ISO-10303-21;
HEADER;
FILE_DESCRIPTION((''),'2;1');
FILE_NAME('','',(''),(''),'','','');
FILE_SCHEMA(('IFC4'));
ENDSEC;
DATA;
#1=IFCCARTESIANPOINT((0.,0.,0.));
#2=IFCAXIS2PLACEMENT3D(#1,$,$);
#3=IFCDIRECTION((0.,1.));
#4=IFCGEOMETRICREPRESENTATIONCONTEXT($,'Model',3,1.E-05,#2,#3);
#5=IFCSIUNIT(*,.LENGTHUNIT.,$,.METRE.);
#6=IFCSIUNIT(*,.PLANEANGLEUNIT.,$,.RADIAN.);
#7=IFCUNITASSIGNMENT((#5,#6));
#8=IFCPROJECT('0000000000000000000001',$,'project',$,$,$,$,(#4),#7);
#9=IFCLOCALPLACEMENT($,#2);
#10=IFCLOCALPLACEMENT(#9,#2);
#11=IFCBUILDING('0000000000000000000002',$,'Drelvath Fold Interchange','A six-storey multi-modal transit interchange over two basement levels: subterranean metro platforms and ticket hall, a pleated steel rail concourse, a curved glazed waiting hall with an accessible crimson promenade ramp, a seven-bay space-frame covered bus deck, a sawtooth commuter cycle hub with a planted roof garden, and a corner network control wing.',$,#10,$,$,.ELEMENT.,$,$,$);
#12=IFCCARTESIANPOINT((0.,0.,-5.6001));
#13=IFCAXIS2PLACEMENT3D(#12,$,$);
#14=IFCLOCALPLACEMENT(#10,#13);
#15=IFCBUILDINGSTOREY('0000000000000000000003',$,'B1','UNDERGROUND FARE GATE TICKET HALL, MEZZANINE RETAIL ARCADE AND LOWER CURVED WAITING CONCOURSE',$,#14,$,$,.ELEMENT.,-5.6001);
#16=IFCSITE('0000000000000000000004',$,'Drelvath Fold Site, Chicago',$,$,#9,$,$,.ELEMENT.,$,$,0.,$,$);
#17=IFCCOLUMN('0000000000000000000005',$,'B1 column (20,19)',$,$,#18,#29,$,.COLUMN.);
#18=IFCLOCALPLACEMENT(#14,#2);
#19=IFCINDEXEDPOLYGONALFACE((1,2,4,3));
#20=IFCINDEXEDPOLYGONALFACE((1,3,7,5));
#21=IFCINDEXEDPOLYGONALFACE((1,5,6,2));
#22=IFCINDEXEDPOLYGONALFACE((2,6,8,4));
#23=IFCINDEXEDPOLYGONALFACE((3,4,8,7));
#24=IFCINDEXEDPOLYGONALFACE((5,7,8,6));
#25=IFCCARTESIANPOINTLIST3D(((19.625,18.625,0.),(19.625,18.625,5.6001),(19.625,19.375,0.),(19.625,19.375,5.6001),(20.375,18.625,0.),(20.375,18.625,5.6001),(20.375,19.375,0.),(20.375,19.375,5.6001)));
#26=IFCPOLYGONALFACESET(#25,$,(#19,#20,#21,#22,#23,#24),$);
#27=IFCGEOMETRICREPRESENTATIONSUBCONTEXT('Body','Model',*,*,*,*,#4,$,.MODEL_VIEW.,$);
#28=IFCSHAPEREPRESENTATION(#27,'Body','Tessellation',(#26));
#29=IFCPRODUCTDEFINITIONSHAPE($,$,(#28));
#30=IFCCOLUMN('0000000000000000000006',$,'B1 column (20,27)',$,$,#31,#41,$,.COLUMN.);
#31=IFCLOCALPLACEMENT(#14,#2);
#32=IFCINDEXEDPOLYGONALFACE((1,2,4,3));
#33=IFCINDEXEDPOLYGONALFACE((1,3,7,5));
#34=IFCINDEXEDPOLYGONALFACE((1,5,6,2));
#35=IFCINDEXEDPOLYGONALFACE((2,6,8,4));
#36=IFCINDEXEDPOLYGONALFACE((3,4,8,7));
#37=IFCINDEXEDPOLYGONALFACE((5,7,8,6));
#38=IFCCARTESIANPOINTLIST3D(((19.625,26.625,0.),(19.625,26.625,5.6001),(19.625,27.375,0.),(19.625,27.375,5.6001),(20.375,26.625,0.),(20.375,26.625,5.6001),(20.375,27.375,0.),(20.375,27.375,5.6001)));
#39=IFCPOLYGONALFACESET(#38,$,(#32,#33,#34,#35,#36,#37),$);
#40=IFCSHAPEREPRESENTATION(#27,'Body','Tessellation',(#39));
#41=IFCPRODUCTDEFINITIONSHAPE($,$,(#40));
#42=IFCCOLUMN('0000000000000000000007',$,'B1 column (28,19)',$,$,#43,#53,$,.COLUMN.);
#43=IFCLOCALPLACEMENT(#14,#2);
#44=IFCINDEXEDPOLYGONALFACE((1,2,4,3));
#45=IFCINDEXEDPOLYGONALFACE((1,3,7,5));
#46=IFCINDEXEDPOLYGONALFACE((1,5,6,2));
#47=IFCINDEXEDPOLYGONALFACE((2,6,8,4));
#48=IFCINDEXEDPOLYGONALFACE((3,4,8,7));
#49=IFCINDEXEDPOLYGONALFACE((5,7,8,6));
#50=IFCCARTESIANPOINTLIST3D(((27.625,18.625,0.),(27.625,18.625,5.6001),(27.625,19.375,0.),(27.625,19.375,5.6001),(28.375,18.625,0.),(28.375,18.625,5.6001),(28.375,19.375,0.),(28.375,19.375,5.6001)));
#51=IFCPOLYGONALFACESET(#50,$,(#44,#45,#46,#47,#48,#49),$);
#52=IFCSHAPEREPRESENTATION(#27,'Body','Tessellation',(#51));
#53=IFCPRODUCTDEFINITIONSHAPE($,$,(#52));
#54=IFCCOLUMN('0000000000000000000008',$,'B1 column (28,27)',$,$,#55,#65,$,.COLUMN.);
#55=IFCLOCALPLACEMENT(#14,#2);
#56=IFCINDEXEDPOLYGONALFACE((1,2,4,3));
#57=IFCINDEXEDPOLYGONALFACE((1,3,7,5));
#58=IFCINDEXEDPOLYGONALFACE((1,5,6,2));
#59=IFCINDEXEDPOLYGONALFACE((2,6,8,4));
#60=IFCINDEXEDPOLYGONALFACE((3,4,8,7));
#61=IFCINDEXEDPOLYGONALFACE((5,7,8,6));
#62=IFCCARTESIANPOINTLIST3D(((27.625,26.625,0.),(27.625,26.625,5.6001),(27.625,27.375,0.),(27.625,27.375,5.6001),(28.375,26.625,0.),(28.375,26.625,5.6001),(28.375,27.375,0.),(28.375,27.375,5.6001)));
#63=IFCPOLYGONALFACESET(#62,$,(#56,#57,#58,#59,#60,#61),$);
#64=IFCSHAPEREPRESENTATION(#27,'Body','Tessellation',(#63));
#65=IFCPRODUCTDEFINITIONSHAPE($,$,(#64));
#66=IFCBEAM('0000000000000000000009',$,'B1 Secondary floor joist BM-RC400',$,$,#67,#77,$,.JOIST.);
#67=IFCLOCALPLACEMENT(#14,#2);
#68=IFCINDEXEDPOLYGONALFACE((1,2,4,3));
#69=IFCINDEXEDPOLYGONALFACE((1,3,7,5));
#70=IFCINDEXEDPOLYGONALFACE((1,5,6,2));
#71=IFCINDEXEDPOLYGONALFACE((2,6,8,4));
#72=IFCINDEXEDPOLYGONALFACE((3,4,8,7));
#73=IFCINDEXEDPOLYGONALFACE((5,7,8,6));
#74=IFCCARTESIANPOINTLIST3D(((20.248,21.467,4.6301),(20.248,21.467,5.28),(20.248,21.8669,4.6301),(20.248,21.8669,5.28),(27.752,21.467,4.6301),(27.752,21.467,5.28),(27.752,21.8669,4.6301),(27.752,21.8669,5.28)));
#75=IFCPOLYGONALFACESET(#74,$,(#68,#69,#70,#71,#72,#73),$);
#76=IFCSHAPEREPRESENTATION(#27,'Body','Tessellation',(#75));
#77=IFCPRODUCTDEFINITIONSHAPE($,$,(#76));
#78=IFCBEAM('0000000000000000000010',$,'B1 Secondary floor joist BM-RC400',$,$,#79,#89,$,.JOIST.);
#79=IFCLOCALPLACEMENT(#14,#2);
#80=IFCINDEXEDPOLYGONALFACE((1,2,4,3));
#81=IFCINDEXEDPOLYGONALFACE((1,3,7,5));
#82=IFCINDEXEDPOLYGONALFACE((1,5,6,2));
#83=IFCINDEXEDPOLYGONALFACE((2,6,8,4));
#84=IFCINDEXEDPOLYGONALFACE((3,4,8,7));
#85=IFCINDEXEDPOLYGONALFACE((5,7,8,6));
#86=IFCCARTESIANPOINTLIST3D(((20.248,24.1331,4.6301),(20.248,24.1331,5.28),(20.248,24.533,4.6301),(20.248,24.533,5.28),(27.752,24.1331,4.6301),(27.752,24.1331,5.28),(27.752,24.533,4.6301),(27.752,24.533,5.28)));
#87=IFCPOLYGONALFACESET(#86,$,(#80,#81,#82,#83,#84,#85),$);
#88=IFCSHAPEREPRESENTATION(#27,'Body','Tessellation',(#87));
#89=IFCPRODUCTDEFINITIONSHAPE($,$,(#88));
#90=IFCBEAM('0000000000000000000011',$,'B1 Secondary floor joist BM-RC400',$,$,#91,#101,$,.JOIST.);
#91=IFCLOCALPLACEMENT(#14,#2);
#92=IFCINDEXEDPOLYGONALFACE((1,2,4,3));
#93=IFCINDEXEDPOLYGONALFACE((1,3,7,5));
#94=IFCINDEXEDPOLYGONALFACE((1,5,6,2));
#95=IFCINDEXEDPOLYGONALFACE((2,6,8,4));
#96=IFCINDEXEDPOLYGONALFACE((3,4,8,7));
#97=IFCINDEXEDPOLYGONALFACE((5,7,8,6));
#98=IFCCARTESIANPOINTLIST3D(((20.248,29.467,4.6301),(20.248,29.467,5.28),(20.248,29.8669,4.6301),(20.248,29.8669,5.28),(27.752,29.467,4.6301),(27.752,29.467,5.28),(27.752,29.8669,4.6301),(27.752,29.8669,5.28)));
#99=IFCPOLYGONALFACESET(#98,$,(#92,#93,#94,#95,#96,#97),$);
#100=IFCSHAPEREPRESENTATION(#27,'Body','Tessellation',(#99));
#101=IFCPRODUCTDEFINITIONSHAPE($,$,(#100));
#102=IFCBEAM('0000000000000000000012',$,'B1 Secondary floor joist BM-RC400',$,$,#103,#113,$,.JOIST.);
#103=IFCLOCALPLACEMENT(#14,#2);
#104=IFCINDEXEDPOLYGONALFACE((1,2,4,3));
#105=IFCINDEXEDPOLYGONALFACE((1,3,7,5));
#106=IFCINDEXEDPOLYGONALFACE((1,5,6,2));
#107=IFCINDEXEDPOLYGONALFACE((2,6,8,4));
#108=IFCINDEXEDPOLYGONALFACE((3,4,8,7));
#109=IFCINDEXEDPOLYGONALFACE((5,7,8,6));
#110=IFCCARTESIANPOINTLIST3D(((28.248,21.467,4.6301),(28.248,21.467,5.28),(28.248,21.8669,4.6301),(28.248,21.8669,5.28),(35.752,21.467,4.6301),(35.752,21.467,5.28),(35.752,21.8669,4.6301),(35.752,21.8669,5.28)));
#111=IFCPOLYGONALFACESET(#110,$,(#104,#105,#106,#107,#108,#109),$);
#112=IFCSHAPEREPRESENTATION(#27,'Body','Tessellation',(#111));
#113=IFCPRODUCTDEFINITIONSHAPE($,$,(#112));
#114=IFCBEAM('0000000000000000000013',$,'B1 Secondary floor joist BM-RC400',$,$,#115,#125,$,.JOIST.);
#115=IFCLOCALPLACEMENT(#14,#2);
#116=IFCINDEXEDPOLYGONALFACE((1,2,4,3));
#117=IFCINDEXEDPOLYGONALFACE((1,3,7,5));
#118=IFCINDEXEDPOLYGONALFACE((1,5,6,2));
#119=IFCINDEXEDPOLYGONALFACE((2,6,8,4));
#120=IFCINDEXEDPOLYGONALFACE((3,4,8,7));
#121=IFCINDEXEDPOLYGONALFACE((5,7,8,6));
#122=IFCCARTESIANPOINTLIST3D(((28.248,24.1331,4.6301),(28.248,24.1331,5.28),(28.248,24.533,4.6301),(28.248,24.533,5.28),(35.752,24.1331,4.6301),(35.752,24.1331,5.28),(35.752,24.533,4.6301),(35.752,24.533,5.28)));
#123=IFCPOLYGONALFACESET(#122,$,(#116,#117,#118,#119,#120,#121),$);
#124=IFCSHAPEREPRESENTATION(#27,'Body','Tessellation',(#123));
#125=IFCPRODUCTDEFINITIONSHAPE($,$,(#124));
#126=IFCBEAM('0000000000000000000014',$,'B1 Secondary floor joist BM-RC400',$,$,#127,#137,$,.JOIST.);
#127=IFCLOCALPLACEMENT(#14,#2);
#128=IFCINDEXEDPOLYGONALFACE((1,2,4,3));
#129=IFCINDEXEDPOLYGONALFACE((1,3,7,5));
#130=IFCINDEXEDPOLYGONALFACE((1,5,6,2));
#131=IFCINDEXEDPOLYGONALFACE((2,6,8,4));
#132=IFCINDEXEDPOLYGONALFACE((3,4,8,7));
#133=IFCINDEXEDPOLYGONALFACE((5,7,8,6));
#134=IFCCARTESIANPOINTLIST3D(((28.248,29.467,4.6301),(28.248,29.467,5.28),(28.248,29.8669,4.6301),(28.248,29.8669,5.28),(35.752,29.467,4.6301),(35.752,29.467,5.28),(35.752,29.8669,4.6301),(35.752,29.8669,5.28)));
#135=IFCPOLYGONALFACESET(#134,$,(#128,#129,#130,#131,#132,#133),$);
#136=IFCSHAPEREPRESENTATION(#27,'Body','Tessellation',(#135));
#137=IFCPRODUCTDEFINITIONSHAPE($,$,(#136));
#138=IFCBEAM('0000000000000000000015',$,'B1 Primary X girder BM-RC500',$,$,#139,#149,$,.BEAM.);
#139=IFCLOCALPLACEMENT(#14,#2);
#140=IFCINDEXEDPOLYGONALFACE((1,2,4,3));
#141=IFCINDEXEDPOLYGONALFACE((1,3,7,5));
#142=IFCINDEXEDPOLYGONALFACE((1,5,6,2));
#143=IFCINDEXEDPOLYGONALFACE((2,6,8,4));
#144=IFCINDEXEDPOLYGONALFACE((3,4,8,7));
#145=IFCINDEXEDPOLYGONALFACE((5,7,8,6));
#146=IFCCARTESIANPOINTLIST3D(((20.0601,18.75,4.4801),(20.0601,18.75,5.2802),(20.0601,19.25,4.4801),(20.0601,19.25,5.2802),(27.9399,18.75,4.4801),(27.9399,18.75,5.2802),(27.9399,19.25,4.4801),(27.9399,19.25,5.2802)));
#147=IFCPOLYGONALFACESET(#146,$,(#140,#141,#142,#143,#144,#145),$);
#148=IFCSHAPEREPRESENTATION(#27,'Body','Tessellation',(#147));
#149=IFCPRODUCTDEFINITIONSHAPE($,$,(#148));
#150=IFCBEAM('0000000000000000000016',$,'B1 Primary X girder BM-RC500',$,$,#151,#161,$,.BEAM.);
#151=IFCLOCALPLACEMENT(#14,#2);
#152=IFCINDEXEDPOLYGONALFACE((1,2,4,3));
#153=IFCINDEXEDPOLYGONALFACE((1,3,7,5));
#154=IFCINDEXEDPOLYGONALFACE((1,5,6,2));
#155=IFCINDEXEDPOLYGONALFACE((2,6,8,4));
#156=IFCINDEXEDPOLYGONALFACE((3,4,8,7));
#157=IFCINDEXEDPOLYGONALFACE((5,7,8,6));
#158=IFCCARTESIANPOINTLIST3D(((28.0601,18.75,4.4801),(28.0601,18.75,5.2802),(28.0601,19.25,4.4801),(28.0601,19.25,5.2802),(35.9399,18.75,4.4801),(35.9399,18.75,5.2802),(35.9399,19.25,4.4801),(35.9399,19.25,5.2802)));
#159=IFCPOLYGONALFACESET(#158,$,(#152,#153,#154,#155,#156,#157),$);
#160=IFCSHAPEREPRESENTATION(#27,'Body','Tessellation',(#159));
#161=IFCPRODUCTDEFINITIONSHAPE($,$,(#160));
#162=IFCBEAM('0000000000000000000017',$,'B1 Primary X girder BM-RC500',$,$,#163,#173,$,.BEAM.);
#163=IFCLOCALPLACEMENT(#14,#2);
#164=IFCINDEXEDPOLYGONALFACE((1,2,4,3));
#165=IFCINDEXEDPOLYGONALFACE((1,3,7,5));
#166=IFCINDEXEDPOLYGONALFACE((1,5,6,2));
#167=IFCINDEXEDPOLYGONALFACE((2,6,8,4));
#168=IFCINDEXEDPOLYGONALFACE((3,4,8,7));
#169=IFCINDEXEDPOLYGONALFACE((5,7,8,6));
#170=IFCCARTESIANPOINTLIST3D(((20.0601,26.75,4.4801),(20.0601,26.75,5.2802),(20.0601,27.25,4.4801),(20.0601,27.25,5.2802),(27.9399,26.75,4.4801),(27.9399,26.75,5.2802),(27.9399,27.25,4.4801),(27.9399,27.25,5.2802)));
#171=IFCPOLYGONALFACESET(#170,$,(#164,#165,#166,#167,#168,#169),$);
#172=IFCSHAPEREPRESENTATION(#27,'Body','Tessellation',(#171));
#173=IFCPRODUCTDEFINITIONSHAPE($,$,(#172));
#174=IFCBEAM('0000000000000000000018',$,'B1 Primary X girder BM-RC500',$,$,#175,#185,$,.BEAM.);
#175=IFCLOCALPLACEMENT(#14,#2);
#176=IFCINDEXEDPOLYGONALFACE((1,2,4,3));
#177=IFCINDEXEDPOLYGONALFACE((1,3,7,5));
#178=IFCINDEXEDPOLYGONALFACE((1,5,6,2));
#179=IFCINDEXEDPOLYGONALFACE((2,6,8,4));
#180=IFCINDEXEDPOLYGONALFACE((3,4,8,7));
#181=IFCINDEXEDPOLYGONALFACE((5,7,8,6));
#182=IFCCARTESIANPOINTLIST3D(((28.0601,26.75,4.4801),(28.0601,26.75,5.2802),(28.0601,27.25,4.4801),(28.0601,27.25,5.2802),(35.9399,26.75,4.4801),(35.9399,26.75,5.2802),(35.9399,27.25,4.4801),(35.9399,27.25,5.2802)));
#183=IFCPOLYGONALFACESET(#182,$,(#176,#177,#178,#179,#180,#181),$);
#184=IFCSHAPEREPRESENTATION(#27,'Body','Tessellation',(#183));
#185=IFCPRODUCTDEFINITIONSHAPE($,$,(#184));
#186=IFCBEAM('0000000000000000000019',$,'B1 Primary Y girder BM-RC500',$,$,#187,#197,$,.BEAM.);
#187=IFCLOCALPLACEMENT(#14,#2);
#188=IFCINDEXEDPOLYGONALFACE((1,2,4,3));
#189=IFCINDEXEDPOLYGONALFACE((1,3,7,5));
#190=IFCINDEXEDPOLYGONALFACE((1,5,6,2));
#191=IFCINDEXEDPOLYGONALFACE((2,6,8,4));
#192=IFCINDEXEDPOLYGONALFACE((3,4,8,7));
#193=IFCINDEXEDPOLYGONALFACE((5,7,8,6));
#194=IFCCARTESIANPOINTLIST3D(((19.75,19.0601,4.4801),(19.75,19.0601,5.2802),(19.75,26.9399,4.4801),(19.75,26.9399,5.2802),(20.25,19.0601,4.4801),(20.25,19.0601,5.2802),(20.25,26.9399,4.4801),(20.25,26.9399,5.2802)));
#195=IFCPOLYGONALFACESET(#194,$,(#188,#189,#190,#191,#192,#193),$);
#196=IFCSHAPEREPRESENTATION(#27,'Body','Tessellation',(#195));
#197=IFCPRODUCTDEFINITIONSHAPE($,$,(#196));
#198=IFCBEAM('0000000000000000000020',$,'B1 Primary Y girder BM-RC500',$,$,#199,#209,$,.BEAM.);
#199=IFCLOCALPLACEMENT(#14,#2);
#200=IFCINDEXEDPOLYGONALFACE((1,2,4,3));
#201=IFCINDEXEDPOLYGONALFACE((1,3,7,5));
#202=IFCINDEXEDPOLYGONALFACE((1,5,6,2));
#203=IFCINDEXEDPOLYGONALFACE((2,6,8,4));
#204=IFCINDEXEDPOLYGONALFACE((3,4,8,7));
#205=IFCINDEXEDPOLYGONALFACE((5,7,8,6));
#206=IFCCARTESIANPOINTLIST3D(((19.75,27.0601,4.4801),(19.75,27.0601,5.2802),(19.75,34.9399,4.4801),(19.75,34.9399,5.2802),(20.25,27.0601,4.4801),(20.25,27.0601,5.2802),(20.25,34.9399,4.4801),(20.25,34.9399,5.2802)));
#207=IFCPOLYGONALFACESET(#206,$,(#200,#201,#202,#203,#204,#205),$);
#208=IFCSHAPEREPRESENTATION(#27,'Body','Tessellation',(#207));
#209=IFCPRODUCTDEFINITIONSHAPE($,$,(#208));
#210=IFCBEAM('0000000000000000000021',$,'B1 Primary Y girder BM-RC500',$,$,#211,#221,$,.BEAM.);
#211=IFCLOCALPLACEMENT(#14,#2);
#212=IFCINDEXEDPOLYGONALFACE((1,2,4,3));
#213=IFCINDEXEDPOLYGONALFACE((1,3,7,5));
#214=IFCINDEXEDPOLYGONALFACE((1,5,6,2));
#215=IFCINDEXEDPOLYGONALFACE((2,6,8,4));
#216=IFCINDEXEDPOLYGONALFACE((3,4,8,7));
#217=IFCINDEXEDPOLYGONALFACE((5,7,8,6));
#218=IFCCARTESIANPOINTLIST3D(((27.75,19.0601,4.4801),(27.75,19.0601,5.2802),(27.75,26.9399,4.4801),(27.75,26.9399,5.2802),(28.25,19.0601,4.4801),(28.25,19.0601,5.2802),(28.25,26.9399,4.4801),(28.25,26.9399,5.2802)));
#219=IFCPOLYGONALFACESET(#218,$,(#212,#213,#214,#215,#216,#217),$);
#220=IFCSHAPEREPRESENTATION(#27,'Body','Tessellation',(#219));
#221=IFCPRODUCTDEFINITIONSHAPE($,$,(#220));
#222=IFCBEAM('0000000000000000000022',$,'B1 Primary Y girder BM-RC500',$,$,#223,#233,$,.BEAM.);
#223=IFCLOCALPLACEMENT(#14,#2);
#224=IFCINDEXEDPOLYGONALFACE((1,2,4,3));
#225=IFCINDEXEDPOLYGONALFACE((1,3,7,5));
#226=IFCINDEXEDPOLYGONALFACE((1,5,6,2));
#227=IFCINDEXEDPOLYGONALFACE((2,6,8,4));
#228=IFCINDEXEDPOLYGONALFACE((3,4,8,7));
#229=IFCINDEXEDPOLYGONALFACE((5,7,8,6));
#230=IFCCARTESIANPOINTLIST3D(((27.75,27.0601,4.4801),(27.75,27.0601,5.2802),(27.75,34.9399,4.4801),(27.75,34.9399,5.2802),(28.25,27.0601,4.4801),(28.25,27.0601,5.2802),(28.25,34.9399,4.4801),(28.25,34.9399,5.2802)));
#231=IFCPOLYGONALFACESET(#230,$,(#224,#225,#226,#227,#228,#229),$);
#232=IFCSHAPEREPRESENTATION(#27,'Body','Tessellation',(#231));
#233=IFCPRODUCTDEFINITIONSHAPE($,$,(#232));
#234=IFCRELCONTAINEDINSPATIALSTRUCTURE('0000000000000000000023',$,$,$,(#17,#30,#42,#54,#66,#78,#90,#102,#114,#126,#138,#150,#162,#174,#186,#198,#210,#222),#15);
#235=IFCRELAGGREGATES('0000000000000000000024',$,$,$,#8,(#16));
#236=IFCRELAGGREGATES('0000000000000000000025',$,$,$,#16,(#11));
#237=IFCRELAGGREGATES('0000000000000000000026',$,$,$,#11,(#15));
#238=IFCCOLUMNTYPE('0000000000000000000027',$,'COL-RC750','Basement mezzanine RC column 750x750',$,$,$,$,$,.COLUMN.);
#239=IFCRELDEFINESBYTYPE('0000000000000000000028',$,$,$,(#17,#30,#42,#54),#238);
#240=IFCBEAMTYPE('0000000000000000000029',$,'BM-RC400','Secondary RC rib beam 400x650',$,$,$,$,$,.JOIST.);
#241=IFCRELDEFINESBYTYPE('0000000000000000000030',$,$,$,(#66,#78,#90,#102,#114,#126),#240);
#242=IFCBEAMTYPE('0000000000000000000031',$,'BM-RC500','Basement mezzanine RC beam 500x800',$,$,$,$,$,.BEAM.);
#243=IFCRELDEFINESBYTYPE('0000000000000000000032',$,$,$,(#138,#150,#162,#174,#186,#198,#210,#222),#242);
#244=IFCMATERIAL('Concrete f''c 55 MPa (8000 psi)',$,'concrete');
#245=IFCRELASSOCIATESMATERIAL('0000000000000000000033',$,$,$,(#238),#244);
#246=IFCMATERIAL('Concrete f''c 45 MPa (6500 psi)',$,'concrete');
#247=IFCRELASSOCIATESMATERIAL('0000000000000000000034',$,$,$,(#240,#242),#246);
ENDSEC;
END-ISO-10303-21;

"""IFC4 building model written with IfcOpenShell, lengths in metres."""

from ifc_helpers import new_model, si_unit, direction, frame, origin, origin_2d, place, context, subcontext, project, spatial, rectangle, extrude, material, material_profile, profile_set, type_object, element, save


model = new_model("IFC4")

# Units and contexts
model_context = context("Model", 3, precision=1e-05, world=origin(), true_north=direction((0.0, 1.0)))
body_context = subcontext(model_context, "Body", "Model", "MODEL_VIEW")
ifc_project = project(units=[si_unit("LENGTHUNIT", "METRE"), si_unit("PLANEANGLEUNIT", "RADIAN")], contexts=[model_context])

# Site, building, storey
site_placement = place(None, origin())
site = spatial("IfcSite", under=ifc_project, at=site_placement, Name="Drelvath Fold Site, Chicago", CompositionType="ELEMENT", RefElevation=0.0)
building_placement = place(site_placement, origin())
building = spatial("IfcBuilding", under=site, at=building_placement, Name="Drelvath Fold Interchange", Description="A six-storey multi-modal transit interchange over two basement levels: subterranean metro platforms and ticket hall, a pleated steel rail concourse, a curved glazed waiting hall with an accessible crimson promenade ramp, a seven-bay space-frame covered bus deck, a sawtooth commuter cycle hub with a planted roof garden, and a corner network control wing.", CompositionType="ELEMENT")
storey_placement = place(building_placement, frame((0.0, 0.0, -5.6001)))
storey = spatial("IfcBuildingStorey", under=building, at=storey_placement, Name="B1", Description="UNDERGROUND FARE GATE TICKET HALL, MEZZANINE RETAIL ARCADE AND LOWER CURVED WAITING CONCOURSE", CompositionType="ELEMENT", Elevation=-5.6001)

# Columns
ifc_material_1 = material(Name="Concrete f'c 55 MPa (8000 psi)", Category="concrete")
ifc_material_profile_1 = material_profile(ifc_material_1, rectangle(XDim=0.75, YDim=0.75, at=origin_2d()), Name="RC 750x750")
ifc_profile_set_1 = profile_set([ifc_material_profile_1], Name="Concrete f'c 55 MPa (8000 psi)")
column_type = type_object("IfcColumnType", Name="COL-RC750", Description="Basement mezzanine RC column 750x750", PredefinedType="COLUMN", material=ifc_profile_set_1)
for number, where, z_axis, x_axis, name in (
    (1, (20.0, 19.0, 0.0), (0.0, 0.0, 1.0), (1.0, 0.0, 0.0), "B1 column (20,19)"),
    (2, (20.0, 27.0, 0.0), (0.0, 0.0, 1.0), (1.0, 0.0, 0.0), "B1 column (20,27)"),
    (3, (28.0, 19.0, 0.0), (0.0, 0.0, 1.0), (1.0, 0.0, 0.0), "B1 column (28,19)"),
    (4, (28.0, 27.0, 0.0), (0.0, 0.0, 1.0), (1.0, 0.0, 0.0), "B1 column (28,27)"),
):
    element("IfcColumn", number, at=place(storey_placement, frame(where, z_axis=z_axis, x_axis=x_axis)), inside=storey, type_object=column_type, Name=name, PredefinedType="COLUMN", context=body_context, shape_type="SweptSolid", body=[
        extrude(rectangle(XDim=0.75, YDim=0.75, at=origin_2d()), origin(), (0.0, 0.0, 1.0), 5.6001),
    ])

# Beams
ifc_material_2 = material(Name="Concrete f'c 45 MPa (6500 psi)", Category="concrete")
ifc_material_profile_2 = material_profile(ifc_material_2, rectangle(XDim=0.3999, YDim=0.6499, at=origin_2d()), Name="RC 400x650")
ifc_profile_set_2 = profile_set([ifc_material_profile_2], Name="Concrete f'c 45 MPa (6500 psi)")
beam_type_1 = type_object("IfcBeamType", Name="BM-RC400", Description="Secondary RC rib beam 400x650", PredefinedType="JOIST", material=ifc_profile_set_2)
for number, where, z_axis, x_axis, name in (
    (5, (20.248, 21.667, 4.9551), (1.0, 0.0, 0.0), (0.0, 1.0, 0.0), "B1 Secondary floor joist BM-RC400"),
    (6, (20.248, 24.333, 4.9551), (1.0, 0.0, 0.0), (0.0, 1.0, 0.0), "B1 Secondary floor joist BM-RC400"),
    (7, (20.248, 29.667, 4.9551), (1.0, 0.0, 0.0), (0.0, 1.0, 0.0), "B1 Secondary floor joist BM-RC400"),
    (8, (28.248, 21.667, 4.9551), (1.0, 0.0, 0.0), (0.0, 1.0, 0.0), "B1 Secondary floor joist BM-RC400"),
    (9, (28.248, 24.333, 4.9551), (1.0, 0.0, 0.0), (0.0, 1.0, 0.0), "B1 Secondary floor joist BM-RC400"),
    (10, (28.248, 29.667, 4.9551), (1.0, 0.0, 0.0), (0.0, 1.0, 0.0), "B1 Secondary floor joist BM-RC400"),
):
    element("IfcBeam", number, at=place(storey_placement, frame(where, z_axis=z_axis, x_axis=x_axis)), inside=storey, type_object=beam_type_1, Name=name, PredefinedType="JOIST", context=body_context, shape_type="SweptSolid", body=[
        extrude(rectangle(XDim=0.3999, YDim=0.6499, at=origin_2d()), origin(), (0.0, 0.0, 1.0), 7.5039),
    ])
ifc_material_profile_3 = material_profile(ifc_material_2, rectangle(XDim=0.5, YDim=0.8, at=origin_2d()), Name="RC 500x800")
ifc_profile_set_3 = profile_set([ifc_material_profile_3], Name="Concrete f'c 45 MPa (6500 psi)")
beam_type_2 = type_object("IfcBeamType", Name="BM-RC500", Description="Basement mezzanine RC beam 500x800", PredefinedType="BEAM", material=ifc_profile_set_3)
for number, where, z_axis, x_axis, name in (
    (11, (20.0601, 19.0, 4.8801), (1.0, 0.0, 0.0), (0.0, 1.0, 0.0), "B1 Primary X girder BM-RC500"),
    (12, (28.0601, 19.0, 4.8801), (1.0, 0.0, 0.0), (0.0, 1.0, 0.0), "B1 Primary X girder BM-RC500"),
    (13, (20.0601, 27.0, 4.8801), (1.0, 0.0, 0.0), (0.0, 1.0, 0.0), "B1 Primary X girder BM-RC500"),
    (14, (28.0601, 27.0, 4.8801), (1.0, 0.0, 0.0), (0.0, 1.0, 0.0), "B1 Primary X girder BM-RC500"),
    (15, (20.0, 19.0601, 4.8801), (0.0, 1.0, 0.0), (-1.0, 0.0, 0.0), "B1 Primary Y girder BM-RC500"),
    (16, (20.0, 27.0601, 4.8801), (0.0, 1.0, 0.0), (-1.0, 0.0, 0.0), "B1 Primary Y girder BM-RC500"),
    (17, (28.0, 19.0601, 4.8801), (0.0, 1.0, 0.0), (-1.0, 0.0, 0.0), "B1 Primary Y girder BM-RC500"),
    (18, (28.0, 27.0601, 4.8801), (0.0, 1.0, 0.0), (-1.0, 0.0, 0.0), "B1 Primary Y girder BM-RC500"),
):
    element("IfcBeam", number, at=place(storey_placement, frame(where, z_axis=z_axis, x_axis=x_axis)), inside=storey, type_object=beam_type_2, Name=name, PredefinedType="BEAM", context=body_context, shape_type="SweptSolid", body=[
        extrude(rectangle(XDim=0.5, YDim=0.8, at=origin_2d()), origin(), (0.0, 0.0, 1.0), 7.8799),
    ])

save(model, "model.ifc")
